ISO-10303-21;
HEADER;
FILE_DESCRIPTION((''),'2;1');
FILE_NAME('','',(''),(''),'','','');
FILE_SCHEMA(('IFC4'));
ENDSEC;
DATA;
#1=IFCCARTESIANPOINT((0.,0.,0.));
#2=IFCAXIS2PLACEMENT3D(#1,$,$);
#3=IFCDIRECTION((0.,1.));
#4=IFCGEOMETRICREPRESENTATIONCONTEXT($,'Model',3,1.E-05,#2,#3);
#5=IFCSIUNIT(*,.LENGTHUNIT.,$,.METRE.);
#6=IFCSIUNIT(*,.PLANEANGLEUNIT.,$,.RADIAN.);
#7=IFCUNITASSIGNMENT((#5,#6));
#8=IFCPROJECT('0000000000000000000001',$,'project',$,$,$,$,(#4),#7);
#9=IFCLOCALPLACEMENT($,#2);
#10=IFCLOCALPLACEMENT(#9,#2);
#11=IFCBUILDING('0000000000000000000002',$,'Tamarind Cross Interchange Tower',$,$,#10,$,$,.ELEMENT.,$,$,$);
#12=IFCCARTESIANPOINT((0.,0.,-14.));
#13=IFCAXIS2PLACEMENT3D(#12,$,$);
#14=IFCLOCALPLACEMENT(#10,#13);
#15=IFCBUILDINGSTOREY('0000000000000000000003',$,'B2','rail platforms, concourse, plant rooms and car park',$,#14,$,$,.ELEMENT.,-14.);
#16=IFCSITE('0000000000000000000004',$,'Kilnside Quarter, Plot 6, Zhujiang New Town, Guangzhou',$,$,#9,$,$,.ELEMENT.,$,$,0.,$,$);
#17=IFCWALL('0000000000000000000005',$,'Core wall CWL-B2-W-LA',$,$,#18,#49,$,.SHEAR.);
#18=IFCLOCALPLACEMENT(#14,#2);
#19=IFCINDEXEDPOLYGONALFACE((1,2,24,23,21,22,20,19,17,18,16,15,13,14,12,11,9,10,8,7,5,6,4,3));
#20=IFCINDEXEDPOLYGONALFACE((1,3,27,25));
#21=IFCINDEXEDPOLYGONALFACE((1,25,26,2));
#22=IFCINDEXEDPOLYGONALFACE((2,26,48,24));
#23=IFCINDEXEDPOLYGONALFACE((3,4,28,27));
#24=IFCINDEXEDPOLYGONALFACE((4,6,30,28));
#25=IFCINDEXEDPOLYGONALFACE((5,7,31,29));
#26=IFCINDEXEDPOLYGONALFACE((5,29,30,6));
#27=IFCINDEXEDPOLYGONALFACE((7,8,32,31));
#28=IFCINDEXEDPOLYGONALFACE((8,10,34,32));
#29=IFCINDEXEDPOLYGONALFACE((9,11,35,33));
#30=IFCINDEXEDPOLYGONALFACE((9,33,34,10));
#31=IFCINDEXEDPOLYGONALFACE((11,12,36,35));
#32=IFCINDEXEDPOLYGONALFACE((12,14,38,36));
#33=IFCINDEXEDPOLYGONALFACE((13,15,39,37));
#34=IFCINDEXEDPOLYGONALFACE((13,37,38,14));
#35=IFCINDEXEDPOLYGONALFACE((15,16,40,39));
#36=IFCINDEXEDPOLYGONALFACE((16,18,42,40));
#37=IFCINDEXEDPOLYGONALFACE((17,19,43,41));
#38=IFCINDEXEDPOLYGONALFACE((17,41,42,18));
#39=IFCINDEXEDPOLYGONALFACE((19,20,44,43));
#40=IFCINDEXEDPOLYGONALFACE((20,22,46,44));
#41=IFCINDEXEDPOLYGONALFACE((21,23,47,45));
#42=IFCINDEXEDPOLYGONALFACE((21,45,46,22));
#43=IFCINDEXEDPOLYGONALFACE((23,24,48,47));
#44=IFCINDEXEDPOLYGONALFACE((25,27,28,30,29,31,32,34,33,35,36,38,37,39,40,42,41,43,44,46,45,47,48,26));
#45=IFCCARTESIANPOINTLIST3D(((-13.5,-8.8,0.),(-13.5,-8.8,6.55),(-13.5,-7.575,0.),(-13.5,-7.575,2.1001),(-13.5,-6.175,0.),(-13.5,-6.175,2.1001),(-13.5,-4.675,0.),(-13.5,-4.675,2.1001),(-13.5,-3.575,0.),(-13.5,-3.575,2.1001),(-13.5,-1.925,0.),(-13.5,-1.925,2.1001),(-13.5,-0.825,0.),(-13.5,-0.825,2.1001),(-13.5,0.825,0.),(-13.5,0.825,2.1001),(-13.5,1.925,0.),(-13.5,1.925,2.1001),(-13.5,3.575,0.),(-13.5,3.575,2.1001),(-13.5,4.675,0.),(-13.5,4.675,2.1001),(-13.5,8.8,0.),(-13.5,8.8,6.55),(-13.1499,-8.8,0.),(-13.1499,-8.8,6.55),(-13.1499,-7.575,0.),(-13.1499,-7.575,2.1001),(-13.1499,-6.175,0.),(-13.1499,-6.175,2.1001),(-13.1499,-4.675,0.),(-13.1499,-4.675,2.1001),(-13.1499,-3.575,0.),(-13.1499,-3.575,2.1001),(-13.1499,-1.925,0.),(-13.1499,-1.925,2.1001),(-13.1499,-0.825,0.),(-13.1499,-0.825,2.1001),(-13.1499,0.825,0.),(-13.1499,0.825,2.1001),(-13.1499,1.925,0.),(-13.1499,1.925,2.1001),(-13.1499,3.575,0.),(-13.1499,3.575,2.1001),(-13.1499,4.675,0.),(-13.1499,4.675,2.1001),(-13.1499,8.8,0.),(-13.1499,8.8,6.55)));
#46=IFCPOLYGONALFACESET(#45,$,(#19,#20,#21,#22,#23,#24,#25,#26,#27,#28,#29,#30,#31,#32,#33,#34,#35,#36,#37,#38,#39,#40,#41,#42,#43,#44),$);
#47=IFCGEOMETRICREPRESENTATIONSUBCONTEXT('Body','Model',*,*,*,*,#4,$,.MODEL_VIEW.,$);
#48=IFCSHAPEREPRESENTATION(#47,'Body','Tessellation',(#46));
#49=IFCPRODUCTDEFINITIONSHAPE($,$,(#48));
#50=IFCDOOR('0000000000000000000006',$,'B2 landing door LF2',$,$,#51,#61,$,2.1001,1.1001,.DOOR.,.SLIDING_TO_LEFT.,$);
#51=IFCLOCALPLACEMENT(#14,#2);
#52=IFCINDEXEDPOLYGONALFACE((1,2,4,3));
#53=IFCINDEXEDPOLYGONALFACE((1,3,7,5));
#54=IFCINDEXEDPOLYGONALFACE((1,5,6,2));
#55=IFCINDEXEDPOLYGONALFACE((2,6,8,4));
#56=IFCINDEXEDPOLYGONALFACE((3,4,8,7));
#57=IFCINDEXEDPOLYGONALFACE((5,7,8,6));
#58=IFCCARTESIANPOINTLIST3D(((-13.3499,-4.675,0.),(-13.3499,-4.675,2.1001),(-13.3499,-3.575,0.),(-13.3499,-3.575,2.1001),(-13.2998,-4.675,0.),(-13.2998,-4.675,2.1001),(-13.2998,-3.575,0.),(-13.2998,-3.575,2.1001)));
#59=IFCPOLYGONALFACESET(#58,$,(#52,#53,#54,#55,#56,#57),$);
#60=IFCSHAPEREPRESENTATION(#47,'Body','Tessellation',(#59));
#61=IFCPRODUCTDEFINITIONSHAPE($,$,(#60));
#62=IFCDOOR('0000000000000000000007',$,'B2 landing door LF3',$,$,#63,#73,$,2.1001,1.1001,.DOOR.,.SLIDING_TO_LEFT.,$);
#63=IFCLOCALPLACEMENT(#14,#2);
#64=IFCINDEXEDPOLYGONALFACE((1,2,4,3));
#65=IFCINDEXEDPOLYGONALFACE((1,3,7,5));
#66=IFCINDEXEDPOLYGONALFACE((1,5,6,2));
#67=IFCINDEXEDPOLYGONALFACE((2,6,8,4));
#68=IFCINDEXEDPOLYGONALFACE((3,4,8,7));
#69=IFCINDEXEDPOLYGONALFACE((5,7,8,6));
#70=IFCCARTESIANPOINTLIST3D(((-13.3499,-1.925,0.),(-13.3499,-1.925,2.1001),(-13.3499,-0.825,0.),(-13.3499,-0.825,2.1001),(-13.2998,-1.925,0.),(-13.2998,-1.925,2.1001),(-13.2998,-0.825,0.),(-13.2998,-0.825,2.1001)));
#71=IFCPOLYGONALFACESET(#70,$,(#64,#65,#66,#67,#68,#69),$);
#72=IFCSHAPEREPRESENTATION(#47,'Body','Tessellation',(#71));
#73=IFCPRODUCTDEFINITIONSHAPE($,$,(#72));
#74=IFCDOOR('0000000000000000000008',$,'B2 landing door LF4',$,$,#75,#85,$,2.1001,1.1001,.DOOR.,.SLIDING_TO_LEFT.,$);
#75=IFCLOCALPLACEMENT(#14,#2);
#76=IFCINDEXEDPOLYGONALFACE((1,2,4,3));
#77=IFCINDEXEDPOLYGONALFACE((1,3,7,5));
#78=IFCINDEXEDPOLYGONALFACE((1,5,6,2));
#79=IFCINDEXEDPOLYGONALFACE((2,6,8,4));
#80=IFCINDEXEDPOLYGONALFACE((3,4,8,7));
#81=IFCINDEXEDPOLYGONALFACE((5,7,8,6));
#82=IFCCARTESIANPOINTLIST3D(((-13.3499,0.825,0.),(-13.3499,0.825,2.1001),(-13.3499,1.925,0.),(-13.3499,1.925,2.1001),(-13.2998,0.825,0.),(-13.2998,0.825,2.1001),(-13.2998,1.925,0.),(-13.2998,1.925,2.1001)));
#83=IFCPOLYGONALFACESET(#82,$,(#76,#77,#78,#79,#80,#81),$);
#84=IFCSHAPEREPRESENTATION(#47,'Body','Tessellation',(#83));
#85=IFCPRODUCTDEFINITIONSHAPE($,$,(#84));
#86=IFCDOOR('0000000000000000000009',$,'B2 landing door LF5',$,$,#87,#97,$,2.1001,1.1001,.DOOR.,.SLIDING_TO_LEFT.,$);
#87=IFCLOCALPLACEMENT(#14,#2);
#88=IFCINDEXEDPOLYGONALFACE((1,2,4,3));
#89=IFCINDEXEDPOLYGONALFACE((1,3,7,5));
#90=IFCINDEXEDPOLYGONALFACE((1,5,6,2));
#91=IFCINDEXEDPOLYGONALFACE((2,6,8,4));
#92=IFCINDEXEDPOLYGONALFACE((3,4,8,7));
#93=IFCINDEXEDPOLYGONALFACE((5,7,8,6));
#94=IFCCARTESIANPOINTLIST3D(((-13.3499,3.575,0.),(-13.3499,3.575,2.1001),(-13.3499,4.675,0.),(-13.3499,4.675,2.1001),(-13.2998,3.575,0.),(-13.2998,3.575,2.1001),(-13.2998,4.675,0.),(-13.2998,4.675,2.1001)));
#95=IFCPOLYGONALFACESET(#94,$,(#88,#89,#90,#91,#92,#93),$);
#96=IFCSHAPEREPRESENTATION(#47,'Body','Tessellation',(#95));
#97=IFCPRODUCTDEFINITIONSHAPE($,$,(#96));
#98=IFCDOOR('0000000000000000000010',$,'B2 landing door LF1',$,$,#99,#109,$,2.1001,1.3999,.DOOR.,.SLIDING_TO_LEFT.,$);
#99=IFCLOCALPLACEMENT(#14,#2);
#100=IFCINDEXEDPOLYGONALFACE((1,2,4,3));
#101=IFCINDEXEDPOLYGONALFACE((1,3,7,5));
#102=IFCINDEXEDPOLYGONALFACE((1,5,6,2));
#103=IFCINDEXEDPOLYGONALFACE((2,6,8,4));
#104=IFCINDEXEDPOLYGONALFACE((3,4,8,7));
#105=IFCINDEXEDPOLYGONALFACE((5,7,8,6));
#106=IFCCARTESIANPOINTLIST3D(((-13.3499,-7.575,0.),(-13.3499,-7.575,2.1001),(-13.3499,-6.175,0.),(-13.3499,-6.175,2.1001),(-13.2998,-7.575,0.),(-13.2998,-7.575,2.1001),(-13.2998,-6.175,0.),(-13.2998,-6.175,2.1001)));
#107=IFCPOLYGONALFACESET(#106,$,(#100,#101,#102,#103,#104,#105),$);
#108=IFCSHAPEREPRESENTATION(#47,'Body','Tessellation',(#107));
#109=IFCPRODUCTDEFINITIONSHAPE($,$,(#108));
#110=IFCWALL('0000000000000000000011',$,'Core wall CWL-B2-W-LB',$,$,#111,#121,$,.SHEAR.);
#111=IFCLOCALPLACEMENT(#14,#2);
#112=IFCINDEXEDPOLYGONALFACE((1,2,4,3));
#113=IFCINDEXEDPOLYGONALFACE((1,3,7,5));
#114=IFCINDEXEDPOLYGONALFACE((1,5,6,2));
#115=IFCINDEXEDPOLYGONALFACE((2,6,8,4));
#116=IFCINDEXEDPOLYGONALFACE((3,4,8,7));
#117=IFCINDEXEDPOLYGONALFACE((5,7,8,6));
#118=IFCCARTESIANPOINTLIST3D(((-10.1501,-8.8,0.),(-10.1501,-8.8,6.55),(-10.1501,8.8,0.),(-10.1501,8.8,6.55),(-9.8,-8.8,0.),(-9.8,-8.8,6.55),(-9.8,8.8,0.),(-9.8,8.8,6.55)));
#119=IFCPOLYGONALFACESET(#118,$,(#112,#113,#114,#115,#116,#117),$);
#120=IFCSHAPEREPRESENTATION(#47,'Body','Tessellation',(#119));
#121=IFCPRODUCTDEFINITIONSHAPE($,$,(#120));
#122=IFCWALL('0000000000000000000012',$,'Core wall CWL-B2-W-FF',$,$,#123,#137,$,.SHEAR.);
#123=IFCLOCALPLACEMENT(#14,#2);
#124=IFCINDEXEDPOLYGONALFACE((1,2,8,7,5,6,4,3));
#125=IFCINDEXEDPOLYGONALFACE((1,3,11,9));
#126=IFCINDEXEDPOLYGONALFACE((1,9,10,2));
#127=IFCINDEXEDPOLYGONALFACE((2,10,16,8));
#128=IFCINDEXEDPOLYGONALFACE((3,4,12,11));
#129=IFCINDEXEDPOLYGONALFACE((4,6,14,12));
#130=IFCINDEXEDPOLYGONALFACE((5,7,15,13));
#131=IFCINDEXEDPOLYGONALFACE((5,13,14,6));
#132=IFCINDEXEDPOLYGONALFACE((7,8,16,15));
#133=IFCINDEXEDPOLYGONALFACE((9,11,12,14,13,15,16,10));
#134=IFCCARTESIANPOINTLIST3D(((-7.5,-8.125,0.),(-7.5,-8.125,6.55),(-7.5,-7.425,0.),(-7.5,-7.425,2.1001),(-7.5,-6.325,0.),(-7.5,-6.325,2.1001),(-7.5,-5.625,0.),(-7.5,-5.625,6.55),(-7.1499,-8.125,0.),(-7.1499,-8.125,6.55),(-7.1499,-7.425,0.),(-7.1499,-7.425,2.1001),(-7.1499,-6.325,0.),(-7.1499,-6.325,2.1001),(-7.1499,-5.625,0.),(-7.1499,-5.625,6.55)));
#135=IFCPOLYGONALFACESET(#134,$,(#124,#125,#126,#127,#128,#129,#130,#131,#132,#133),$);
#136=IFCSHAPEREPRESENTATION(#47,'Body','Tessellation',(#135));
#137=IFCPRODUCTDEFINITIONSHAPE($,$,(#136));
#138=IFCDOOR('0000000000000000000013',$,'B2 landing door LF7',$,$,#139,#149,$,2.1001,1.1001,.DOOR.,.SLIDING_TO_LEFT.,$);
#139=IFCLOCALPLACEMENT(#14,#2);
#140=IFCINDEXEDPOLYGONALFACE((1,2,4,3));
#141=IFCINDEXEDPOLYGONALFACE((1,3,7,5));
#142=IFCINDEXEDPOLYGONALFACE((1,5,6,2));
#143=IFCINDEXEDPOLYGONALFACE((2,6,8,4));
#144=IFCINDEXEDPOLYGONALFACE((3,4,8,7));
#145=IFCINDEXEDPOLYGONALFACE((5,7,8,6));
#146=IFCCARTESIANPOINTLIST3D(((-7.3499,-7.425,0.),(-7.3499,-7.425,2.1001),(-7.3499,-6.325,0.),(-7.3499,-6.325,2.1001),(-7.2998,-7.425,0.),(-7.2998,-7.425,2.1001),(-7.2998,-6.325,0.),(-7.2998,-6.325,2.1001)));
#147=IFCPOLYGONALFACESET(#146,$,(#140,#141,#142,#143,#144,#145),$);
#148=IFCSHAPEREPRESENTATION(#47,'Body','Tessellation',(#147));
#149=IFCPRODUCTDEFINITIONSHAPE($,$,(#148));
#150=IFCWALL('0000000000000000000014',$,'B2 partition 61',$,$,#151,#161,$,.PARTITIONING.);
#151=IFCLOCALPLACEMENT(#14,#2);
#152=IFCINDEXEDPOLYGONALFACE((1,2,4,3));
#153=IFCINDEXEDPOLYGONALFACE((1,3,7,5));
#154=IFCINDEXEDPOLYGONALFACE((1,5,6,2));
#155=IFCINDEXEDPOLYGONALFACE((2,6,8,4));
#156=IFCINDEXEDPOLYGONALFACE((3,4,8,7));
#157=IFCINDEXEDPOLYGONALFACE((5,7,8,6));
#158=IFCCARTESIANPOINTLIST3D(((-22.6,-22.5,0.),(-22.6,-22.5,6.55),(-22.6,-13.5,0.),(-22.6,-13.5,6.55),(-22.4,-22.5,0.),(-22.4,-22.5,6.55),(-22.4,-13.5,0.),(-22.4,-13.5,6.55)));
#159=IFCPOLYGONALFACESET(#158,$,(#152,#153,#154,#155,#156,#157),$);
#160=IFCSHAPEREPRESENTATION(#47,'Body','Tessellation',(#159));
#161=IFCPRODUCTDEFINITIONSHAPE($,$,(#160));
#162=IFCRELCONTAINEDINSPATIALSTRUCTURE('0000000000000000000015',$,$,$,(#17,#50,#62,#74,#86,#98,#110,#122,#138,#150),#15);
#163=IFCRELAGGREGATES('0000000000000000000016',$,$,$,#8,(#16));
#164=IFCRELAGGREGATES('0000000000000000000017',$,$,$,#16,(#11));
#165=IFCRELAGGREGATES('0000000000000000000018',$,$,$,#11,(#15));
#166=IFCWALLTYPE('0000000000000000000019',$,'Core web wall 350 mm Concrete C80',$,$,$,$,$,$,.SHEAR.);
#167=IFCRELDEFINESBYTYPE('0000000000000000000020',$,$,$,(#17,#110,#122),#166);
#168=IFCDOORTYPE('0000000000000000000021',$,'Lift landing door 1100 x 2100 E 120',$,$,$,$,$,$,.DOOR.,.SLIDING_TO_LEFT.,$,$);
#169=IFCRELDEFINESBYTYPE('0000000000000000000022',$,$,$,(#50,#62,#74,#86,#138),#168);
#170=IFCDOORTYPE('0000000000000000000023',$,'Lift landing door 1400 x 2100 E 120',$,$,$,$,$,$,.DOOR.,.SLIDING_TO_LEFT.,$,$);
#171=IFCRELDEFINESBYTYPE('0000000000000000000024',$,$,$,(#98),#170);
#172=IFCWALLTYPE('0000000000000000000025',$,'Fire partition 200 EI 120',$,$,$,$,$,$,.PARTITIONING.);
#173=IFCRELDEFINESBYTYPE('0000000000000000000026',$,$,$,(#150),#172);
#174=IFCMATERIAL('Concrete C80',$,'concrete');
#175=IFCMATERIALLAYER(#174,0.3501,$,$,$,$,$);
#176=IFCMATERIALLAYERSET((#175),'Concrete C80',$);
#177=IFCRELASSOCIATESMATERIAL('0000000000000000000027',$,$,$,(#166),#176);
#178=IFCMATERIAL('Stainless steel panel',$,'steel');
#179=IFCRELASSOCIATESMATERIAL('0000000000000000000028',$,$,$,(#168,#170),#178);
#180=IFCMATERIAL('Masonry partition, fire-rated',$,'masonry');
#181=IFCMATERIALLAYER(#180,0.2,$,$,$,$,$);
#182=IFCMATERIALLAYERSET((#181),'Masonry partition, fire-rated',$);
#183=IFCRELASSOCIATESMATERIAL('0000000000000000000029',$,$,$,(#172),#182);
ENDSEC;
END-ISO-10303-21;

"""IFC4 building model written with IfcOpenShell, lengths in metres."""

from ifc_helpers import new_model, si_unit, direction, frame, frame_2d, origin, place, context, subcontext, project, spatial, rectangle, extrude, material, layer, layer_set, type_object, element, fill, save


model = new_model("IFC4")

# Units and contexts
model_context = context("Model", 3, precision=1e-05, world=origin(), true_north=direction((0.0, 1.0)))
body_context = subcontext(model_context, "Body", "Model", "MODEL_VIEW")
ifc_project = project(units=[si_unit("LENGTHUNIT", "METRE"), si_unit("PLANEANGLEUNIT", "RADIAN")], contexts=[model_context])

# Site, building, storey
site_placement = place(None, origin())
site = spatial("IfcSite", under=ifc_project, at=site_placement, Name="Kilnside Quarter, Plot 6, Zhujiang New Town, Guangzhou", CompositionType="ELEMENT", RefElevation=0.0)
building_placement = place(site_placement, origin())
building = spatial("IfcBuilding", under=site, at=building_placement, Name="Tamarind Cross Interchange Tower", CompositionType="ELEMENT")
storey_placement = place(building_placement, frame((0.0, 0.0, -14.0)))
storey = spatial("IfcBuildingStorey", under=building, at=storey_placement, Name="B2", Description="rail platforms, concourse, plant rooms and car park", CompositionType="ELEMENT", Elevation=-14.0)

# Shared definitions
ifc_material_1 = material(Name="Concrete C80", Category="concrete")

# Shared definitions
ifc_layer_1 = layer(ifc_material_1, 0.3501)
ifc_layer_set_1 = layer_set([ifc_layer_1], Name="Concrete C80")
wall_type_1 = type_object("IfcWallType", Name="Core web wall 350 mm Concrete C80", PredefinedType="SHEAR", material=ifc_layer_set_1)

# Wall, openings, doors
wall_1_placement = place(storey_placement, frame((-13.325, -8.8, 0.0), z_axis=(0.0, 0.0, 1.0), x_axis=(0.0, 1.0, 0.0)))
wall_1 = element("IfcWall", 1, at=wall_1_placement, inside=storey, type_object=wall_type_1, Name="Core wall CWL-B2-W-LA", PredefinedType="SHEAR", context=body_context, shape_type="SweptSolid", body=[
    extrude(rectangle(XDim=17.6001, YDim=0.3501, at=frame_2d((8.8, 0.0))), origin(), (0.0, 0.0, 1.0), 6.55),
])
opening_1_placement = place(wall_1_placement, frame((1.2251, 0.0, 0.0)))
opening_1 = element("IfcOpeningElement", 2, at=opening_1_placement, cuts=wall_1, PredefinedType="OPENING", context=body_context, shape_type="SweptSolid", body=[
    extrude(rectangle(XDim=1.3999, YDim=2.1001, at=frame_2d((0.7, 1.05))), frame((0.0, 0.1851, 0.0), z_axis=(0.0, -1.0, 0.0), x_axis=(1.0, 0.0, 0.0)), (0.0, 0.0, 1.0), 0.3701),
])
opening_2_placement = place(wall_1_placement, frame((4.125, 0.0, 0.0)))
opening_2 = element("IfcOpeningElement", 3, at=opening_2_placement, cuts=wall_1, PredefinedType="OPENING", context=body_context, shape_type="SweptSolid", body=[
    extrude(rectangle(XDim=1.1001, YDim=2.1001, at=frame_2d((0.55, 1.05))), frame((0.0, 0.1851, 0.0), z_axis=(0.0, -1.0, 0.0), x_axis=(1.0, 0.0, 0.0)), (0.0, 0.0, 1.0), 0.3701),
])
opening_3_placement = place(wall_1_placement, frame((6.875, 0.0, 0.0)))
opening_3 = element("IfcOpeningElement", 4, at=opening_3_placement, cuts=wall_1, PredefinedType="OPENING", context=body_context, shape_type="SweptSolid", body=[
    extrude(rectangle(XDim=1.1001, YDim=2.1001, at=frame_2d((0.55, 1.05))), frame((0.0, 0.1851, 0.0), z_axis=(0.0, -1.0, 0.0), x_axis=(1.0, 0.0, 0.0)), (0.0, 0.0, 1.0), 0.3701),
])
opening_4_placement = place(wall_1_placement, frame((9.625, 0.0, 0.0)))
opening_4 = element("IfcOpeningElement", 5, at=opening_4_placement, cuts=wall_1, PredefinedType="OPENING", context=body_context, shape_type="SweptSolid", body=[
    extrude(rectangle(XDim=1.1001, YDim=2.1001, at=frame_2d((0.55, 1.05))), frame((0.0, 0.1851, 0.0), z_axis=(0.0, -1.0, 0.0), x_axis=(1.0, 0.0, 0.0)), (0.0, 0.0, 1.0), 0.3701),
])
opening_5_placement = place(wall_1_placement, frame((12.375, 0.0, 0.0)))
opening_5 = element("IfcOpeningElement", 6, at=opening_5_placement, cuts=wall_1, PredefinedType="OPENING", context=body_context, shape_type="SweptSolid", body=[
    extrude(rectangle(XDim=1.1001, YDim=2.1001, at=frame_2d((0.55, 1.05))), frame((0.0, 0.1851, 0.0), z_axis=(0.0, -1.0, 0.0), x_axis=(1.0, 0.0, 0.0)), (0.0, 0.0, 1.0), 0.3701),
])
ifc_material_2 = material(Name="Stainless steel panel", Category="steel")
door_type_1 = type_object("IfcDoorType", Name="Lift landing door 1100 x 2100 E 120", OperationType="SLIDING_TO_LEFT", PredefinedType="DOOR", material=ifc_material_2)
door_1_placement = place(opening_2_placement, origin())
door_1 = element("IfcDoor", 7, at=door_1_placement, inside=storey, type_object=door_type_1, Name="B2 landing door LF2", OperationType="SLIDING_TO_LEFT", OverallHeight=2.1001, OverallWidth=1.1001, PredefinedType="DOOR", context=body_context, shape_type="SweptSolid", body=[
    extrude(rectangle(XDim=1.1001, YDim=2.1001, at=frame_2d((0.55, 1.05))), frame((0.0, 0.0249, 0.0), z_axis=(0.0, -1.0, 0.0), x_axis=(1.0, 0.0, 0.0)), (0.0, 0.0, 1.0), 0.05),
])
fill(opening_2, door_1)
door_2_placement = place(opening_3_placement, origin())
door_2 = element("IfcDoor", 8, at=door_2_placement, inside=storey, type_object=door_type_1, Name="B2 landing door LF3", OperationType="SLIDING_TO_LEFT", OverallHeight=2.1001, OverallWidth=1.1001, PredefinedType="DOOR", context=body_context, shape_type="SweptSolid", body=[
    extrude(rectangle(XDim=1.1001, YDim=2.1001, at=frame_2d((0.55, 1.05))), frame((0.0, 0.0249, 0.0), z_axis=(0.0, -1.0, 0.0), x_axis=(1.0, 0.0, 0.0)), (0.0, 0.0, 1.0), 0.05),
])
fill(opening_3, door_2)
door_3_placement = place(opening_4_placement, origin())
door_3 = element("IfcDoor", 9, at=door_3_placement, inside=storey, type_object=door_type_1, Name="B2 landing door LF4", OperationType="SLIDING_TO_LEFT", OverallHeight=2.1001, OverallWidth=1.1001, PredefinedType="DOOR", context=body_context, shape_type="SweptSolid", body=[
    extrude(rectangle(XDim=1.1001, YDim=2.1001, at=frame_2d((0.55, 1.05))), frame((0.0, 0.0249, 0.0), z_axis=(0.0, -1.0, 0.0), x_axis=(1.0, 0.0, 0.0)), (0.0, 0.0, 1.0), 0.05),
])
fill(opening_4, door_3)
door_4_placement = place(opening_5_placement, origin())
door_4 = element("IfcDoor", 10, at=door_4_placement, inside=storey, type_object=door_type_1, Name="B2 landing door LF5", OperationType="SLIDING_TO_LEFT", OverallHeight=2.1001, OverallWidth=1.1001, PredefinedType="DOOR", context=body_context, shape_type="SweptSolid", body=[
    extrude(rectangle(XDim=1.1001, YDim=2.1001, at=frame_2d((0.55, 1.05))), frame((0.0, 0.0249, 0.0), z_axis=(0.0, -1.0, 0.0), x_axis=(1.0, 0.0, 0.0)), (0.0, 0.0, 1.0), 0.05),
])
fill(opening_5, door_4)
door_type_2 = type_object("IfcDoorType", Name="Lift landing door 1400 x 2100 E 120", OperationType="SLIDING_TO_LEFT", PredefinedType="DOOR", material=ifc_material_2)
door_5_placement = place(opening_1_placement, origin())
door_5 = element("IfcDoor", 11, at=door_5_placement, inside=storey, type_object=door_type_2, Name="B2 landing door LF1", OperationType="SLIDING_TO_LEFT", OverallHeight=2.1001, OverallWidth=1.3999, PredefinedType="DOOR", context=body_context, shape_type="SweptSolid", body=[
    extrude(rectangle(XDim=1.3999, YDim=2.1001, at=frame_2d((0.7, 1.05))), frame((0.0, 0.0249, 0.0), z_axis=(0.0, -1.0, 0.0), x_axis=(1.0, 0.0, 0.0)), (0.0, 0.0, 1.0), 0.05),
])
fill(opening_1, door_5)

# Wall
wall_2_placement = place(storey_placement, frame((-9.9751, -8.8, 0.0), z_axis=(0.0, 0.0, 1.0), x_axis=(0.0, 1.0, 0.0)))
element("IfcWall", 12, at=wall_2_placement, inside=storey, type_object=wall_type_1, Name="Core wall CWL-B2-W-LB", PredefinedType="SHEAR", context=body_context, shape_type="SweptSolid", body=[
    extrude(rectangle(XDim=17.6001, YDim=0.3501, at=frame_2d((8.8, 0.0))), origin(), (0.0, 0.0, 1.0), 6.55),
])

# Wall, opening, door
wall_3_placement = place(storey_placement, frame((-7.325, -8.125, 0.0), z_axis=(0.0, 0.0, 1.0), x_axis=(0.0, 1.0, 0.0)))
wall_3 = element("IfcWall", 13, at=wall_3_placement, inside=storey, type_object=wall_type_1, Name="Core wall CWL-B2-W-FF", PredefinedType="SHEAR", context=body_context, shape_type="SweptSolid", body=[
    extrude(rectangle(XDim=2.5, YDim=0.3501, at=frame_2d((1.25, 0.0))), origin(), (0.0, 0.0, 1.0), 6.55),
])
opening_6_placement = place(wall_3_placement, frame((0.7, 0.0, 0.0)))
opening_6 = element("IfcOpeningElement", 14, at=opening_6_placement, cuts=wall_3, PredefinedType="OPENING", context=body_context, shape_type="SweptSolid", body=[
    extrude(rectangle(XDim=1.1001, YDim=2.1001, at=frame_2d((0.55, 1.05))), frame((0.0, 0.1851, 0.0), z_axis=(0.0, -1.0, 0.0), x_axis=(1.0, 0.0, 0.0)), (0.0, 0.0, 1.0), 0.3701),
])
door_6_placement = place(opening_6_placement, origin())
door_6 = element("IfcDoor", 15, at=door_6_placement, inside=storey, type_object=door_type_1, Name="B2 landing door LF7", OperationType="SLIDING_TO_LEFT", OverallHeight=2.1001, OverallWidth=1.1001, PredefinedType="DOOR", context=body_context, shape_type="SweptSolid", body=[
    extrude(rectangle(XDim=1.1001, YDim=2.1001, at=frame_2d((0.55, 1.05))), frame((0.0, 0.0249, 0.0), z_axis=(0.0, -1.0, 0.0), x_axis=(1.0, 0.0, 0.0)), (0.0, 0.0, 1.0), 0.05),
])
fill(opening_6, door_6)

# Wall
ifc_material_3 = material(Name="Masonry partition, fire-rated", Category="masonry")
ifc_layer_2 = layer(ifc_material_3, 0.2)
ifc_layer_set_2 = layer_set([ifc_layer_2], Name="Masonry partition, fire-rated")
wall_type_2 = type_object("IfcWallType", Name="Fire partition 200 EI 120", PredefinedType="PARTITIONING", material=ifc_layer_set_2)
wall_4_placement = place(storey_placement, frame((-22.5, -22.5, 0.0), z_axis=(0.0, 0.0, 1.0), x_axis=(0.0, 1.0, 0.0)))
element("IfcWall", 16, at=wall_4_placement, inside=storey, type_object=wall_type_2, Name="B2 partition 61", PredefinedType="PARTITIONING", context=body_context, shape_type="SweptSolid", body=[
    extrude(rectangle(XDim=9.0, YDim=0.2, at=frame_2d((4.5, 0.0))), origin(), (0.0, 0.0, 1.0), 6.55),
])

save(model, "model.ifc")
